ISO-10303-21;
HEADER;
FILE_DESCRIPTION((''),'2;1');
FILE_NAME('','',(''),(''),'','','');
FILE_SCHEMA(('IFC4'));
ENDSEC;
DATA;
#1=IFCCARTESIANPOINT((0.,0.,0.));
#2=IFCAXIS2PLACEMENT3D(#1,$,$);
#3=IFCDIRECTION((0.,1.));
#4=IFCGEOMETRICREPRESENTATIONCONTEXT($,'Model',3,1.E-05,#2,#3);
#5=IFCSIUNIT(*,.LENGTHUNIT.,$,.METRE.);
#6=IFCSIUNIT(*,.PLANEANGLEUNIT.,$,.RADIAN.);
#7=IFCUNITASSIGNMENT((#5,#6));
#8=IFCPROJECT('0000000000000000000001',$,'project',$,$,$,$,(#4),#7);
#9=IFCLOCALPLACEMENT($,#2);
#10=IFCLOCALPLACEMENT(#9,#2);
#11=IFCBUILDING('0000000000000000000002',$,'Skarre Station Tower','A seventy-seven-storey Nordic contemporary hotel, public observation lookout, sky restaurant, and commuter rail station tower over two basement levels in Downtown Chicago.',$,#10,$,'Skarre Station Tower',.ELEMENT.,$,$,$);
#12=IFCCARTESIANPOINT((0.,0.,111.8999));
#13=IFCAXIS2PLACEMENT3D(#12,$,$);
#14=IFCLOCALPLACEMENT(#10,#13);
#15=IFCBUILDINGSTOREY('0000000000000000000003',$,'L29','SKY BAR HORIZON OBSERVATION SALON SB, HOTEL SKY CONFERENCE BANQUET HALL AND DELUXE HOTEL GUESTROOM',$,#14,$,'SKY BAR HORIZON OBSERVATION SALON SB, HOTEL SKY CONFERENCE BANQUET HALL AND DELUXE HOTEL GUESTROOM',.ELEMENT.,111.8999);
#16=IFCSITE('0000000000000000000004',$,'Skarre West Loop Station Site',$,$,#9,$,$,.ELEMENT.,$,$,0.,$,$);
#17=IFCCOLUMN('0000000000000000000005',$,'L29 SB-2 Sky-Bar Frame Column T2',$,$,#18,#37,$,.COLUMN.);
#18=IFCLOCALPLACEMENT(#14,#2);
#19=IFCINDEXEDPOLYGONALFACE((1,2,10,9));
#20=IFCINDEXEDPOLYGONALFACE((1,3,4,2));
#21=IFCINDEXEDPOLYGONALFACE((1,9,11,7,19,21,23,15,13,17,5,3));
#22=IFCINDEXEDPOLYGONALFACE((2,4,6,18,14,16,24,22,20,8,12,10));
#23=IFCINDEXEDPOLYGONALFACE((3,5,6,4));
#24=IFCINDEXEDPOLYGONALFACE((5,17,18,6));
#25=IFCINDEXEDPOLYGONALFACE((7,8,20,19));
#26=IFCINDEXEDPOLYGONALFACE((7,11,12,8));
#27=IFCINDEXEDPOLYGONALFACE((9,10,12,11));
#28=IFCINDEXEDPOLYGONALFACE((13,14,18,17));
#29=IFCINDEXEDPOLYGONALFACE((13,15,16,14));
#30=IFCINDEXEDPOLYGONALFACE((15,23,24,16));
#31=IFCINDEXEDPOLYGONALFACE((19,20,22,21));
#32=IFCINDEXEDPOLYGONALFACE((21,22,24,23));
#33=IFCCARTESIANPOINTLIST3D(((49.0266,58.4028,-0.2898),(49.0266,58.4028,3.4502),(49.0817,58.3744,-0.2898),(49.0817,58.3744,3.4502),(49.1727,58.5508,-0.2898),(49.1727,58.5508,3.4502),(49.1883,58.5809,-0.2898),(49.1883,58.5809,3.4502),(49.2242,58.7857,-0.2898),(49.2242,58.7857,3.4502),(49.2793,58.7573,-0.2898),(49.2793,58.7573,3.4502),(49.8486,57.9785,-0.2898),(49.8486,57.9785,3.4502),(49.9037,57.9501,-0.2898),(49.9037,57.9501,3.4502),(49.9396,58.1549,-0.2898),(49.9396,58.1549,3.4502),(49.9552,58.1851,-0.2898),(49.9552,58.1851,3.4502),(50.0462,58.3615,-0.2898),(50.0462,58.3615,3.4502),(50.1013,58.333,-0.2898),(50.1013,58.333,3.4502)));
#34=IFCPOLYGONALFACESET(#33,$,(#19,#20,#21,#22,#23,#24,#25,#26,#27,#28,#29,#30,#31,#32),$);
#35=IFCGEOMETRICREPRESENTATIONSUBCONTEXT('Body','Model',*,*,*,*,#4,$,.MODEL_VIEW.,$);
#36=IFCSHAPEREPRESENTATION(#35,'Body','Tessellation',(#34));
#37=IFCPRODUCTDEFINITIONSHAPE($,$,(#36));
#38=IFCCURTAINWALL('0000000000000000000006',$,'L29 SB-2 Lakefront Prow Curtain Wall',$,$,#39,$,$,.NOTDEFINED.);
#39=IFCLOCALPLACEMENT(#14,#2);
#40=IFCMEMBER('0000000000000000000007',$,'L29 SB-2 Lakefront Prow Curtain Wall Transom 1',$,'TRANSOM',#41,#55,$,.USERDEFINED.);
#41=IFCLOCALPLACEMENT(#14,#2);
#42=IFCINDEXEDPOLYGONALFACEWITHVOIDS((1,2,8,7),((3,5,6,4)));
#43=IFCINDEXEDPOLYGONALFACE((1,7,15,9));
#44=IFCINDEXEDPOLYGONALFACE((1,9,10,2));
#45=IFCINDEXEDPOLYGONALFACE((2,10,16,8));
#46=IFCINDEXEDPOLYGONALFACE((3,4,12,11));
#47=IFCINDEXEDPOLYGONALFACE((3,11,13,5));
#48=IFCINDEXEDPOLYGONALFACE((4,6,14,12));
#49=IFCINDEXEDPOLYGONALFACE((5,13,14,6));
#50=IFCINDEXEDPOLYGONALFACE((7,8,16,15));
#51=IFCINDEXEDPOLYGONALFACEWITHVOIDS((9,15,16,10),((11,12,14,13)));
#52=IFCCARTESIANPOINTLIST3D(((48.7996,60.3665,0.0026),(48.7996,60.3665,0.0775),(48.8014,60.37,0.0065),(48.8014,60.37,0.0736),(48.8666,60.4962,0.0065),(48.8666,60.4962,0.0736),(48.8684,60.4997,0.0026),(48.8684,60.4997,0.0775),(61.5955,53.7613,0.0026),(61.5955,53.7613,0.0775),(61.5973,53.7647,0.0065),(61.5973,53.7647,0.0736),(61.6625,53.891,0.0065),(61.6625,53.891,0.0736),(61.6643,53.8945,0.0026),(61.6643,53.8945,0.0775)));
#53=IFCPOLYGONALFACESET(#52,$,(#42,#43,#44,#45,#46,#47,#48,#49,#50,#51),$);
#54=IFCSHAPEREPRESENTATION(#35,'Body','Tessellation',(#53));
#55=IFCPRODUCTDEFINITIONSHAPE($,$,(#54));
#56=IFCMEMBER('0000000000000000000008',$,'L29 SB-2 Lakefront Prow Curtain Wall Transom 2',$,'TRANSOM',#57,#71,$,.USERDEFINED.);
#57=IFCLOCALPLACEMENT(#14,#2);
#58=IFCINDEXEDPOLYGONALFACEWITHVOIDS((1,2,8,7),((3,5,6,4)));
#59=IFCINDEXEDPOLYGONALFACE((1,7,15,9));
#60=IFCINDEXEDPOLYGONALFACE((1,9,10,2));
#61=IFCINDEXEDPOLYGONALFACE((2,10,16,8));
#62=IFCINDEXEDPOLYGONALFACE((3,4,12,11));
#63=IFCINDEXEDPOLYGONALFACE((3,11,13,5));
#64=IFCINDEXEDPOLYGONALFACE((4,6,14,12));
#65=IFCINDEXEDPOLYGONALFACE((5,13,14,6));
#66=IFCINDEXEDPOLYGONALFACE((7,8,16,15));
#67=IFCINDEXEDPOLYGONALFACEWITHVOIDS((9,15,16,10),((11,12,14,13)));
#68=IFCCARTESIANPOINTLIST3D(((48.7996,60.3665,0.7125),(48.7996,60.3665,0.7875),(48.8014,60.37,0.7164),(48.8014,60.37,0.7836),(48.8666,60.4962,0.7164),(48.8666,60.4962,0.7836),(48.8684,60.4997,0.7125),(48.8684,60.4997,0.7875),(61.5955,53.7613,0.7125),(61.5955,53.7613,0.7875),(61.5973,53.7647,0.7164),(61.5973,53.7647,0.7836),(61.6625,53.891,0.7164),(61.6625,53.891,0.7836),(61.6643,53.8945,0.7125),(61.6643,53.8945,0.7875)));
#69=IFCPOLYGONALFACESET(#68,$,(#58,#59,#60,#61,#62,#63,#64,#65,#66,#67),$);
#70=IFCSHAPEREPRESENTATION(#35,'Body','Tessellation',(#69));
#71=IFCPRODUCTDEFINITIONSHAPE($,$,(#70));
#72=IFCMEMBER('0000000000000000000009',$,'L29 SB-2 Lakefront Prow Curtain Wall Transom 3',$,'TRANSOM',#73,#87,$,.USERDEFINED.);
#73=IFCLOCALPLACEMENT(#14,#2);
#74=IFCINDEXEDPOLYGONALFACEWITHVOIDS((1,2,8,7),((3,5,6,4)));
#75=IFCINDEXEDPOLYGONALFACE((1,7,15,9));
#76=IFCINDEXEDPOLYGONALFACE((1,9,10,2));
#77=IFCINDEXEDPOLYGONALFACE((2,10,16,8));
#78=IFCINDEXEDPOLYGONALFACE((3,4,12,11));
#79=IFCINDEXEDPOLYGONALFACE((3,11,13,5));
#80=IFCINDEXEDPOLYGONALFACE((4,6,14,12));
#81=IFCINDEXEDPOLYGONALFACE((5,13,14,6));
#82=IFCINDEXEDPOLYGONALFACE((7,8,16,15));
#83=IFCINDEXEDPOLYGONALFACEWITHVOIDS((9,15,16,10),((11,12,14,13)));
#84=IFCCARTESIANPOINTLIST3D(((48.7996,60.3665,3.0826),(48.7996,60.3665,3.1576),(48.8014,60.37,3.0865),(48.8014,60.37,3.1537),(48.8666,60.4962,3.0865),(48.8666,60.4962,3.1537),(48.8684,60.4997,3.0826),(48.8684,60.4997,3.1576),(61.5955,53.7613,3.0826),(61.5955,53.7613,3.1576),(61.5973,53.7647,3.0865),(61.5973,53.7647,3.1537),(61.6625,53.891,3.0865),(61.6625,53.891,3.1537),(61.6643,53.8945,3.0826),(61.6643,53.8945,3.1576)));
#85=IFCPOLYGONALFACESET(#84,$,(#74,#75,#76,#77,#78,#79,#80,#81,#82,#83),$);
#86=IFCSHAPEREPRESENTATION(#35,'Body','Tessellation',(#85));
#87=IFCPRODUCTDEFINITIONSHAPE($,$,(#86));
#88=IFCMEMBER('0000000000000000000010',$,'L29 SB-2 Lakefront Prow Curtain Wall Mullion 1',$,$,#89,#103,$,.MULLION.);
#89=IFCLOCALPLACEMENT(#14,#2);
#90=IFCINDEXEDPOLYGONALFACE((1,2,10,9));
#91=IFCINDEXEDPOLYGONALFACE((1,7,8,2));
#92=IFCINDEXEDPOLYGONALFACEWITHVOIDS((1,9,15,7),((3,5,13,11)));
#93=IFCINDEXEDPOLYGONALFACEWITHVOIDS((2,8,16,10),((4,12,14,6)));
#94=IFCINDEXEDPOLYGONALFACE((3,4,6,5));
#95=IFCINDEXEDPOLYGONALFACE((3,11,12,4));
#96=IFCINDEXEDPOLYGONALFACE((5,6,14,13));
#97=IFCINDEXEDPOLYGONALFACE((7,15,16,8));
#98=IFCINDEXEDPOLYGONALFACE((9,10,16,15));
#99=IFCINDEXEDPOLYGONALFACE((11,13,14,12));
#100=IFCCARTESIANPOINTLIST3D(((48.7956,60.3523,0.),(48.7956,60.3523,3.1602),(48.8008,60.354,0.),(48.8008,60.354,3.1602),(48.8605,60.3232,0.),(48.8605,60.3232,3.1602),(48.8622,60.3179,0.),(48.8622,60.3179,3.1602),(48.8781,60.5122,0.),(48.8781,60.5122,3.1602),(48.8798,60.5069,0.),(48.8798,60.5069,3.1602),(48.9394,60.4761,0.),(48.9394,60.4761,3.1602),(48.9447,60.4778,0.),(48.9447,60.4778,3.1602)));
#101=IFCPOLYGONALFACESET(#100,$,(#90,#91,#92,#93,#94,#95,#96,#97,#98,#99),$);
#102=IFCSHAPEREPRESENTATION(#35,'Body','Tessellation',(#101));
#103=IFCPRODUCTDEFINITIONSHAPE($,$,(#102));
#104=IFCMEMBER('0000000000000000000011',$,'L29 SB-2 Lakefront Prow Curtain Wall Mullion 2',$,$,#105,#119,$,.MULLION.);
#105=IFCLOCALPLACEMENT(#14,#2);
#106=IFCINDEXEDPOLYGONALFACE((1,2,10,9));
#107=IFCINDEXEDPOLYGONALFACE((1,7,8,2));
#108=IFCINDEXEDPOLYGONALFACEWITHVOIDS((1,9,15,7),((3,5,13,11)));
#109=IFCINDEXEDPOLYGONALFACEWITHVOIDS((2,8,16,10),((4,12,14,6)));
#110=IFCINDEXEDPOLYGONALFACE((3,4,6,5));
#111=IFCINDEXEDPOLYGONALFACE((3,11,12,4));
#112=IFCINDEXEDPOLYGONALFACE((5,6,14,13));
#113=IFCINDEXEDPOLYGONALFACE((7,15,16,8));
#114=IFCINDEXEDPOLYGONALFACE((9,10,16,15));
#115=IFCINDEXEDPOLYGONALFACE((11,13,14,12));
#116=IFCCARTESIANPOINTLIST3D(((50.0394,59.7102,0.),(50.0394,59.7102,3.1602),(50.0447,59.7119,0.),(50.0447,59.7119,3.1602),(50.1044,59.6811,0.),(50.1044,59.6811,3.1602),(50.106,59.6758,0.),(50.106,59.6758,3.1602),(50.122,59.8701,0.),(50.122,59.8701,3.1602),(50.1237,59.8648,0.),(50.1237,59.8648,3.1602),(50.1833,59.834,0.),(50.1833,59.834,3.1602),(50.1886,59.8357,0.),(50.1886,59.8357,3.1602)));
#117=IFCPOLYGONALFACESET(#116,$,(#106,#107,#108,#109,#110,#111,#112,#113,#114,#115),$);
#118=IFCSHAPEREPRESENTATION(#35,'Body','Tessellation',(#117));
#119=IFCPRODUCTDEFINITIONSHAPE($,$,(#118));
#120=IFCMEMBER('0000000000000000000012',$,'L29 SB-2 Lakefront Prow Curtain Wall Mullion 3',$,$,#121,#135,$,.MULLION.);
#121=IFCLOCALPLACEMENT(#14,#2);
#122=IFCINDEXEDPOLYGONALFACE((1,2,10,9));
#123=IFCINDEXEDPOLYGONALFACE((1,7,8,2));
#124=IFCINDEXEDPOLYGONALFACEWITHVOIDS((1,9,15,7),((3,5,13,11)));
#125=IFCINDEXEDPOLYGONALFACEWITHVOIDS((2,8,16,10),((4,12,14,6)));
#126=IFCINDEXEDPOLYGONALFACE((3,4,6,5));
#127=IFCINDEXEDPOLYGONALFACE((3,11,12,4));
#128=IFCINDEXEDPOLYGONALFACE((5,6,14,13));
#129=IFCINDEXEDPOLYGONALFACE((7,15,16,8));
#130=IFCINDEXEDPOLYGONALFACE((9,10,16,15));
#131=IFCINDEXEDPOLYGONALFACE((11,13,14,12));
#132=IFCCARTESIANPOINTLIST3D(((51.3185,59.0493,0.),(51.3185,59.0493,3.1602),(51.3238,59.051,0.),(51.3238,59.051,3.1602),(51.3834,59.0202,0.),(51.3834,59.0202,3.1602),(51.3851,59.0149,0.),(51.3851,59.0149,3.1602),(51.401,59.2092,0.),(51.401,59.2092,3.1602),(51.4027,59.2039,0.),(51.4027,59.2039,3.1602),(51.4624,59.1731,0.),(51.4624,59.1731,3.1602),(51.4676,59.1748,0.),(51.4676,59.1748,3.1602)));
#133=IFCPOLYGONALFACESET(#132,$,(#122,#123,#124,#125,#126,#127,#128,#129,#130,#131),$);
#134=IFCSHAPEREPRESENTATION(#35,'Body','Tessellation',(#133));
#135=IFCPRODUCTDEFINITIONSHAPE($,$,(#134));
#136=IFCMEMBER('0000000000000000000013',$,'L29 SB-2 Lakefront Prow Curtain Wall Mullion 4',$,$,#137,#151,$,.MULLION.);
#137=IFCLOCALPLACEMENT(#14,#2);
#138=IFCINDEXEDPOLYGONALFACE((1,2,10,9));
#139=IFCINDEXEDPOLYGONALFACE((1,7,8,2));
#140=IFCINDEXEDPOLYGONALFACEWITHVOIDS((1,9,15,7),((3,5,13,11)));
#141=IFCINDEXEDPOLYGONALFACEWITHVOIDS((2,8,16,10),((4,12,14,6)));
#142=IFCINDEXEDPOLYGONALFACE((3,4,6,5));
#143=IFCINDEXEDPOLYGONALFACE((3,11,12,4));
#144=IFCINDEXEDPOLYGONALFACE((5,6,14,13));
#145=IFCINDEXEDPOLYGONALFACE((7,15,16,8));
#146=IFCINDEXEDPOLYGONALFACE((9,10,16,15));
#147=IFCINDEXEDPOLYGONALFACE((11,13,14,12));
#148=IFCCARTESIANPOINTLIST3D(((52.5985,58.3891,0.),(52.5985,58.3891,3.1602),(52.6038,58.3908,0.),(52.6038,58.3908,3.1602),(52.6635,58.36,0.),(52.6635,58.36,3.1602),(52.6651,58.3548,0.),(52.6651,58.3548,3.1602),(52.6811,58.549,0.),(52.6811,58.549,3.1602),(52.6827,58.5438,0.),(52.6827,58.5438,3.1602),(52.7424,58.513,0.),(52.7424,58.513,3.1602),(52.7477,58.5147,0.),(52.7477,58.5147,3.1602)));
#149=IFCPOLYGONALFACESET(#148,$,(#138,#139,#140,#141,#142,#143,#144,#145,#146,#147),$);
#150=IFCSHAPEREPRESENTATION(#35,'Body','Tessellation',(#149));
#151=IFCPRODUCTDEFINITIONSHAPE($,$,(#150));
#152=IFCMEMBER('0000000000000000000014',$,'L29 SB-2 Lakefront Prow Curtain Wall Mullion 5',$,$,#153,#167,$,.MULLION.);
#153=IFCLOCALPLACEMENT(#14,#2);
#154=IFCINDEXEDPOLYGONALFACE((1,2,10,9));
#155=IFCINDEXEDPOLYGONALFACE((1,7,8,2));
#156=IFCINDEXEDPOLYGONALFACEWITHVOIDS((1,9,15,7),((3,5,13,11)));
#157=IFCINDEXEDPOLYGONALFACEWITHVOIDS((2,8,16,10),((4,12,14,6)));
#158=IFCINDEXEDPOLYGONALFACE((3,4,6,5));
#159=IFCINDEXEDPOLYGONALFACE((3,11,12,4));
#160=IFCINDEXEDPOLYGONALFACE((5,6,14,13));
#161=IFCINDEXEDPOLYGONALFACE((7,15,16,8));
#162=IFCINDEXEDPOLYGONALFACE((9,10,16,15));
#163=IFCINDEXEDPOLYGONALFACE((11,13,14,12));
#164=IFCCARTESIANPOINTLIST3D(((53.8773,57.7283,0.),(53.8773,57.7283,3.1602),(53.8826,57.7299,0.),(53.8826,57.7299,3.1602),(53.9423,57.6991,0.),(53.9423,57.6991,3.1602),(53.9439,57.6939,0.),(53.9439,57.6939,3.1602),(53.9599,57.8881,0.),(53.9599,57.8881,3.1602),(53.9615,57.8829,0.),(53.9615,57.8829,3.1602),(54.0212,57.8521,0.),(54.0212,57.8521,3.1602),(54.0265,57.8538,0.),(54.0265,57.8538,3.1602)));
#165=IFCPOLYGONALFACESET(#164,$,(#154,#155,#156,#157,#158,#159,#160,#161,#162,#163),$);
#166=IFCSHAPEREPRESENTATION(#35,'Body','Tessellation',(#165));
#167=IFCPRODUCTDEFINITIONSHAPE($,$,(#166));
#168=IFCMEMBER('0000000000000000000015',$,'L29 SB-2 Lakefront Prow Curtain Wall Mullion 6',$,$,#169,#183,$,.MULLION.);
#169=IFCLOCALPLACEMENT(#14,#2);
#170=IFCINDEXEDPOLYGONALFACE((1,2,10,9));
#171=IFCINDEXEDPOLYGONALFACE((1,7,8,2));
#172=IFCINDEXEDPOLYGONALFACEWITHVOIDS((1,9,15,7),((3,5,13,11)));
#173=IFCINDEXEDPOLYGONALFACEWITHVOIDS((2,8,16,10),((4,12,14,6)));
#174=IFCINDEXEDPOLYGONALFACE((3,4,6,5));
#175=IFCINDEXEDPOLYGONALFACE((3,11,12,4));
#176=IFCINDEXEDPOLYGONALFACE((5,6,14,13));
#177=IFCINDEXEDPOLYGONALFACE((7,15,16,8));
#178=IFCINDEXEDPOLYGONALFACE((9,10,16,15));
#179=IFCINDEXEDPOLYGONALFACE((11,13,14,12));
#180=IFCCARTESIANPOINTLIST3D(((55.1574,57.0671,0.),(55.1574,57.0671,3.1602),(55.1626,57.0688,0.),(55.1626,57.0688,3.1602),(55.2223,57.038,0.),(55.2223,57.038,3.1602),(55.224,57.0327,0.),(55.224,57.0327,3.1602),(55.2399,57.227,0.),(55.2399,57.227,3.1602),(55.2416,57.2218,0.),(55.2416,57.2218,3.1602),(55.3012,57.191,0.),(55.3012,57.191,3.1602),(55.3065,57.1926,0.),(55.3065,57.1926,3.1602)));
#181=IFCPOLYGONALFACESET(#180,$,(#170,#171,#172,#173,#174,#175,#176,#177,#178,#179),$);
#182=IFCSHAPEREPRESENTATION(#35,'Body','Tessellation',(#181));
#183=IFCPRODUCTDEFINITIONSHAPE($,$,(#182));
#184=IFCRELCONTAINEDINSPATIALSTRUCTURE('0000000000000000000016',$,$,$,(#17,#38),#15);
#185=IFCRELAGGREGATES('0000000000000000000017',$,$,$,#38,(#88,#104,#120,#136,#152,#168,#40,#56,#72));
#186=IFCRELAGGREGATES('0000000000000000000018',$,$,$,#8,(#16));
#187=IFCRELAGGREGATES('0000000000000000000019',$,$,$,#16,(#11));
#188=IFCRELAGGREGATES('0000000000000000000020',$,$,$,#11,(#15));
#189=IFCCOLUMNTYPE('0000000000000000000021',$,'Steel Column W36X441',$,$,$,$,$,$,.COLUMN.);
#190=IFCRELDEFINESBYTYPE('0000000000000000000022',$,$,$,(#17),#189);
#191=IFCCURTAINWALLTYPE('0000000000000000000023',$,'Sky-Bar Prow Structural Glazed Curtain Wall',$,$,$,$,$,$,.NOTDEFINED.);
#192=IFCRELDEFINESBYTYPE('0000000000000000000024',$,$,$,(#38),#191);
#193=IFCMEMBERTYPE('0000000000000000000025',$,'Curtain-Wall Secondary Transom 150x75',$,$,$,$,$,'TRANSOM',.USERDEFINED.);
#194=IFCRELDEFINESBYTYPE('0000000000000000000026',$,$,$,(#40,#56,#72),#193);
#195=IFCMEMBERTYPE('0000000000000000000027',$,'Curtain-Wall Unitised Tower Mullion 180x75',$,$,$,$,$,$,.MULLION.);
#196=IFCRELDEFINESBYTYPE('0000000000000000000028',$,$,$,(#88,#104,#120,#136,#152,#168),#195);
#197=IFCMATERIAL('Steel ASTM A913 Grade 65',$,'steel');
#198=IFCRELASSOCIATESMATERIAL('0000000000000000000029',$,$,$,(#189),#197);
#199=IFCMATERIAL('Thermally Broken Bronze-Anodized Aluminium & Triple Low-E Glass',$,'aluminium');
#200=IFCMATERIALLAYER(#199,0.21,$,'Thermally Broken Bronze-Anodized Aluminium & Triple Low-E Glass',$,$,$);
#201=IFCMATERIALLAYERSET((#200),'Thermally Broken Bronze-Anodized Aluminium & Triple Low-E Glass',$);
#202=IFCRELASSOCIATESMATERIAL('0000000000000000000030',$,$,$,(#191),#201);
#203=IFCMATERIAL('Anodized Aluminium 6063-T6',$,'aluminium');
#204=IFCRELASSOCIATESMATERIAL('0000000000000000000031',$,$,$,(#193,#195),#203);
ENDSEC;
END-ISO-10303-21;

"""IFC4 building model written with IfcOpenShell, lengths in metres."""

from ifc_helpers import new_model, si_unit, direction, frame, origin, origin_2d, place, context, subcontext, project, spatial, hollow_rectangle, i_section, extrude, material, layer, layer_set, material_profile, profile_set, type_object, element, aggregate, save


model = new_model("IFC4")

# Units and contexts
model_context = context("Model", 3, precision=1e-05, world=origin(), true_north=direction((0.0, 1.0)))
body_context = subcontext(model_context, "Body", "Model", "MODEL_VIEW")
ifc_project = project(units=[si_unit("LENGTHUNIT", "METRE"), si_unit("PLANEANGLEUNIT", "RADIAN")], contexts=[model_context])

# Site, building, storey
site_placement = place(None, origin())
site = spatial("IfcSite", under=ifc_project, at=site_placement, Name="Skarre West Loop Station Site", CompositionType="ELEMENT", RefElevation=0.0)
building_placement = place(site_placement, origin())
building = spatial("IfcBuilding", under=site, at=building_placement, Name="Skarre Station Tower", Description="A seventy-seven-storey Nordic contemporary hotel, public observation lookout, sky restaurant, and commuter rail station tower over two basement levels in Downtown Chicago.", LongName="Skarre Station Tower", CompositionType="ELEMENT")
storey_placement = place(building_placement, frame((0.0, 0.0, 111.8999)))
storey = spatial("IfcBuildingStorey", under=building, at=storey_placement, Name="L29", Description="SKY BAR HORIZON OBSERVATION SALON SB, HOTEL SKY CONFERENCE BANQUET HALL AND DELUXE HOTEL GUESTROOM", LongName="SKY BAR HORIZON OBSERVATION SALON SB, HOTEL SKY CONFERENCE BANQUET HALL AND DELUXE HOTEL GUESTROOM", CompositionType="ELEMENT", Elevation=111.8999)

# Column
ifc_material_1 = material(Name="Steel ASTM A913 Grade 65", Category="steel")
ifc_material_profile_1 = material_profile(ifc_material_1, i_section(OverallWidth=0.4309, OverallDepth=0.9871, WebThickness=0.0339, FlangeThickness=0.062, at=origin_2d()), Name="Steel ASTM A913 Grade 65")
ifc_profile_set_1 = profile_set([ifc_material_profile_1], Name="Steel ASTM A913 Grade 65")
column_type = type_object("IfcColumnType", Name="Steel Column W36X441", PredefinedType="COLUMN", material=ifc_profile_set_1)
column_placement = place(storey_placement, frame((49.564, 58.3679, -0.2898), z_axis=(0.0, 0.0, 1.0), x_axis=(0.45865, 0.888617, 0.0)))
element("IfcColumn", 1, at=column_placement, inside=storey, type_object=column_type, Name="L29 SB-2 Sky-Bar Frame Column T2", PredefinedType="COLUMN", context=body_context, shape_type="SweptSolid", body=[
    extrude(i_section(OverallWidth=0.4309, OverallDepth=0.9871, WebThickness=0.0339, FlangeThickness=0.062, at=origin_2d()), origin(), (0.0, 0.0, 1.0), 3.74),
])

# Curtain wall, members
ifc_material_2 = material(Name="Thermally Broken Bronze-Anodized Aluminium & Triple Low-E Glass", Category="aluminium")
ifc_layer_1 = layer(ifc_material_2, 0.21, Name="Thermally Broken Bronze-Anodized Aluminium & Triple Low-E Glass")
ifc_layer_set_1 = layer_set([ifc_layer_1], Name="Thermally Broken Bronze-Anodized Aluminium & Triple Low-E Glass")
curtain_wall_type = type_object("IfcCurtainWallType", Name="Sky-Bar Prow Structural Glazed Curtain Wall", PredefinedType="NOTDEFINED", material=ifc_layer_set_1)
curtain_wall_placement = place(storey_placement, origin())
curtain_wall = element("IfcCurtainWall", 2, at=curtain_wall_placement, inside=storey, type_object=curtain_wall_type, Name="L29 SB-2 Lakefront Prow Curtain Wall", PredefinedType="NOTDEFINED")
ifc_material_3 = material(Name="Anodized Aluminium 6063-T6", Category="aluminium")
ifc_material_profile_2 = material_profile(ifc_material_3, hollow_rectangle(XDim=0.075, YDim=0.1499, WallThickness=0.0039, at=origin_2d()), Name="Anodized Aluminium 6063-T6")
ifc_profile_set_2 = profile_set([ifc_material_profile_2], Name="Anodized Aluminium 6063-T6")
member_type_1 = type_object("IfcMemberType", Name="Curtain-Wall Secondary Transom 150x75", ElementType="TRANSOM", PredefinedType="USERDEFINED", material=ifc_profile_set_2)
member_1_placement = place(storey_placement, frame((48.834, 60.4331, 0.04), z_axis=(0.888595, -0.458692, 0.0), x_axis=(0.0, 0.0, 1.0)))
member_1 = element("IfcMember", 3, at=member_1_placement, type_object=member_type_1, Name="L29 SB-2 Lakefront Prow Curtain Wall Transom 1", ObjectType="TRANSOM", PredefinedType="USERDEFINED", context=body_context, shape_type="SweptSolid", body=[
    extrude(hollow_rectangle(XDim=0.075, YDim=0.1499, WallThickness=0.0039, at=origin_2d()), origin(), (0.0, 0.0, 1.0), 14.4001),
])
member_2_placement = place(storey_placement, frame((48.834, 60.4331, 0.75), z_axis=(0.888595, -0.458692, 0.0), x_axis=(0.0, 0.0, 1.0)))
member_2 = element("IfcMember", 4, at=member_2_placement, type_object=member_type_1, Name="L29 SB-2 Lakefront Prow Curtain Wall Transom 2", ObjectType="TRANSOM", PredefinedType="USERDEFINED", context=body_context, shape_type="SweptSolid", body=[
    extrude(hollow_rectangle(XDim=0.075, YDim=0.1499, WallThickness=0.0039, at=origin_2d()), origin(), (0.0, 0.0, 1.0), 14.4001),
])
member_3_placement = place(storey_placement, frame((48.834, 60.4331, 3.1201), z_axis=(0.888595, -0.458692, 0.0), x_axis=(0.0, 0.0, 1.0)))
member_3 = element("IfcMember", 5, at=member_3_placement, type_object=member_type_1, Name="L29 SB-2 Lakefront Prow Curtain Wall Transom 3", ObjectType="TRANSOM", PredefinedType="USERDEFINED", context=body_context, shape_type="SweptSolid", body=[
    extrude(hollow_rectangle(XDim=0.075, YDim=0.1499, WallThickness=0.0039, at=origin_2d()), origin(), (0.0, 0.0, 1.0), 14.4001),
])
ifc_material_profile_3 = material_profile(ifc_material_3, hollow_rectangle(XDim=0.075, YDim=0.1799, WallThickness=0.0039, at=origin_2d()), Name="Anodized Aluminium 6063-T6")
ifc_profile_set_3 = profile_set([ifc_material_profile_3], Name="Anodized Aluminium 6063-T6")
member_type_2 = type_object("IfcMemberType", Name="Curtain-Wall Unitised Tower Mullion 180x75", PredefinedType="MULLION", material=ifc_profile_set_3)
member_4_placement = place(storey_placement, frame((48.8701, 60.415, 0.0), z_axis=(0.0, 0.0, 1.0), x_axis=(0.888601, -0.458681, 0.0)))
member_4 = element("IfcMember", 6, at=member_4_placement, type_object=member_type_2, Name="L29 SB-2 Lakefront Prow Curtain Wall Mullion 1", PredefinedType="MULLION", context=body_context, shape_type="SweptSolid", body=[
    extrude(hollow_rectangle(XDim=0.075, YDim=0.1799, WallThickness=0.0039, at=origin_2d()), origin(), (0.0, 0.0, 1.0), 3.1602),
])
member_5_placement = place(storey_placement, frame((50.114, 59.7729, 0.0), z_axis=(0.0, 0.0, 1.0), x_axis=(0.888601, -0.458681, 0.0)))
member_5 = element("IfcMember", 7, at=member_5_placement, type_object=member_type_2, Name="L29 SB-2 Lakefront Prow Curtain Wall Mullion 2", PredefinedType="MULLION", context=body_context, shape_type="SweptSolid", body=[
    extrude(hollow_rectangle(XDim=0.075, YDim=0.1799, WallThickness=0.0039, at=origin_2d()), origin(), (0.0, 0.0, 1.0), 3.1602),
])
member_6_placement = place(storey_placement, frame((51.3931, 59.1121, 0.0), z_axis=(0.0, 0.0, 1.0), x_axis=(0.888601, -0.458681, 0.0)))
member_6 = element("IfcMember", 8, at=member_6_placement, type_object=member_type_2, Name="L29 SB-2 Lakefront Prow Curtain Wall Mullion 3", PredefinedType="MULLION", context=body_context, shape_type="SweptSolid", body=[
    extrude(hollow_rectangle(XDim=0.075, YDim=0.1799, WallThickness=0.0039, at=origin_2d()), origin(), (0.0, 0.0, 1.0), 3.1602),
])
member_7_placement = place(storey_placement, frame((52.6731, 58.4519, 0.0), z_axis=(0.0, 0.0, 1.0), x_axis=(0.888601, -0.458681, 0.0)))
member_7 = element("IfcMember", 9, at=member_7_placement, type_object=member_type_2, Name="L29 SB-2 Lakefront Prow Curtain Wall Mullion 4", PredefinedType="MULLION", context=body_context, shape_type="SweptSolid", body=[
    extrude(hollow_rectangle(XDim=0.075, YDim=0.1799, WallThickness=0.0039, at=origin_2d()), origin(), (0.0, 0.0, 1.0), 3.1602),
])
member_8_placement = place(storey_placement, frame((53.9519, 57.791, 0.0), z_axis=(0.0, 0.0, 1.0), x_axis=(0.888601, -0.458681, 0.0)))
member_8 = element("IfcMember", 10, at=member_8_placement, type_object=member_type_2, Name="L29 SB-2 Lakefront Prow Curtain Wall Mullion 5", PredefinedType="MULLION", context=body_context, shape_type="SweptSolid", body=[
    extrude(hollow_rectangle(XDim=0.075, YDim=0.1799, WallThickness=0.0039, at=origin_2d()), origin(), (0.0, 0.0, 1.0), 3.1602),
])
member_9_placement = place(storey_placement, frame((55.2319, 57.1299, 0.0), z_axis=(0.0, 0.0, 1.0), x_axis=(0.888601, -0.458681, 0.0)))
member_9 = element("IfcMember", 11, at=member_9_placement, type_object=member_type_2, Name="L29 SB-2 Lakefront Prow Curtain Wall Mullion 6", PredefinedType="MULLION", context=body_context, shape_type="SweptSolid", body=[
    extrude(hollow_rectangle(XDim=0.075, YDim=0.1799, WallThickness=0.0039, at=origin_2d()), origin(), (0.0, 0.0, 1.0), 3.1602),
])
aggregate(curtain_wall, [member_4, member_5, member_6, member_7, member_8, member_9, member_1, member_2, member_3])

save(model, "model.ifc")
